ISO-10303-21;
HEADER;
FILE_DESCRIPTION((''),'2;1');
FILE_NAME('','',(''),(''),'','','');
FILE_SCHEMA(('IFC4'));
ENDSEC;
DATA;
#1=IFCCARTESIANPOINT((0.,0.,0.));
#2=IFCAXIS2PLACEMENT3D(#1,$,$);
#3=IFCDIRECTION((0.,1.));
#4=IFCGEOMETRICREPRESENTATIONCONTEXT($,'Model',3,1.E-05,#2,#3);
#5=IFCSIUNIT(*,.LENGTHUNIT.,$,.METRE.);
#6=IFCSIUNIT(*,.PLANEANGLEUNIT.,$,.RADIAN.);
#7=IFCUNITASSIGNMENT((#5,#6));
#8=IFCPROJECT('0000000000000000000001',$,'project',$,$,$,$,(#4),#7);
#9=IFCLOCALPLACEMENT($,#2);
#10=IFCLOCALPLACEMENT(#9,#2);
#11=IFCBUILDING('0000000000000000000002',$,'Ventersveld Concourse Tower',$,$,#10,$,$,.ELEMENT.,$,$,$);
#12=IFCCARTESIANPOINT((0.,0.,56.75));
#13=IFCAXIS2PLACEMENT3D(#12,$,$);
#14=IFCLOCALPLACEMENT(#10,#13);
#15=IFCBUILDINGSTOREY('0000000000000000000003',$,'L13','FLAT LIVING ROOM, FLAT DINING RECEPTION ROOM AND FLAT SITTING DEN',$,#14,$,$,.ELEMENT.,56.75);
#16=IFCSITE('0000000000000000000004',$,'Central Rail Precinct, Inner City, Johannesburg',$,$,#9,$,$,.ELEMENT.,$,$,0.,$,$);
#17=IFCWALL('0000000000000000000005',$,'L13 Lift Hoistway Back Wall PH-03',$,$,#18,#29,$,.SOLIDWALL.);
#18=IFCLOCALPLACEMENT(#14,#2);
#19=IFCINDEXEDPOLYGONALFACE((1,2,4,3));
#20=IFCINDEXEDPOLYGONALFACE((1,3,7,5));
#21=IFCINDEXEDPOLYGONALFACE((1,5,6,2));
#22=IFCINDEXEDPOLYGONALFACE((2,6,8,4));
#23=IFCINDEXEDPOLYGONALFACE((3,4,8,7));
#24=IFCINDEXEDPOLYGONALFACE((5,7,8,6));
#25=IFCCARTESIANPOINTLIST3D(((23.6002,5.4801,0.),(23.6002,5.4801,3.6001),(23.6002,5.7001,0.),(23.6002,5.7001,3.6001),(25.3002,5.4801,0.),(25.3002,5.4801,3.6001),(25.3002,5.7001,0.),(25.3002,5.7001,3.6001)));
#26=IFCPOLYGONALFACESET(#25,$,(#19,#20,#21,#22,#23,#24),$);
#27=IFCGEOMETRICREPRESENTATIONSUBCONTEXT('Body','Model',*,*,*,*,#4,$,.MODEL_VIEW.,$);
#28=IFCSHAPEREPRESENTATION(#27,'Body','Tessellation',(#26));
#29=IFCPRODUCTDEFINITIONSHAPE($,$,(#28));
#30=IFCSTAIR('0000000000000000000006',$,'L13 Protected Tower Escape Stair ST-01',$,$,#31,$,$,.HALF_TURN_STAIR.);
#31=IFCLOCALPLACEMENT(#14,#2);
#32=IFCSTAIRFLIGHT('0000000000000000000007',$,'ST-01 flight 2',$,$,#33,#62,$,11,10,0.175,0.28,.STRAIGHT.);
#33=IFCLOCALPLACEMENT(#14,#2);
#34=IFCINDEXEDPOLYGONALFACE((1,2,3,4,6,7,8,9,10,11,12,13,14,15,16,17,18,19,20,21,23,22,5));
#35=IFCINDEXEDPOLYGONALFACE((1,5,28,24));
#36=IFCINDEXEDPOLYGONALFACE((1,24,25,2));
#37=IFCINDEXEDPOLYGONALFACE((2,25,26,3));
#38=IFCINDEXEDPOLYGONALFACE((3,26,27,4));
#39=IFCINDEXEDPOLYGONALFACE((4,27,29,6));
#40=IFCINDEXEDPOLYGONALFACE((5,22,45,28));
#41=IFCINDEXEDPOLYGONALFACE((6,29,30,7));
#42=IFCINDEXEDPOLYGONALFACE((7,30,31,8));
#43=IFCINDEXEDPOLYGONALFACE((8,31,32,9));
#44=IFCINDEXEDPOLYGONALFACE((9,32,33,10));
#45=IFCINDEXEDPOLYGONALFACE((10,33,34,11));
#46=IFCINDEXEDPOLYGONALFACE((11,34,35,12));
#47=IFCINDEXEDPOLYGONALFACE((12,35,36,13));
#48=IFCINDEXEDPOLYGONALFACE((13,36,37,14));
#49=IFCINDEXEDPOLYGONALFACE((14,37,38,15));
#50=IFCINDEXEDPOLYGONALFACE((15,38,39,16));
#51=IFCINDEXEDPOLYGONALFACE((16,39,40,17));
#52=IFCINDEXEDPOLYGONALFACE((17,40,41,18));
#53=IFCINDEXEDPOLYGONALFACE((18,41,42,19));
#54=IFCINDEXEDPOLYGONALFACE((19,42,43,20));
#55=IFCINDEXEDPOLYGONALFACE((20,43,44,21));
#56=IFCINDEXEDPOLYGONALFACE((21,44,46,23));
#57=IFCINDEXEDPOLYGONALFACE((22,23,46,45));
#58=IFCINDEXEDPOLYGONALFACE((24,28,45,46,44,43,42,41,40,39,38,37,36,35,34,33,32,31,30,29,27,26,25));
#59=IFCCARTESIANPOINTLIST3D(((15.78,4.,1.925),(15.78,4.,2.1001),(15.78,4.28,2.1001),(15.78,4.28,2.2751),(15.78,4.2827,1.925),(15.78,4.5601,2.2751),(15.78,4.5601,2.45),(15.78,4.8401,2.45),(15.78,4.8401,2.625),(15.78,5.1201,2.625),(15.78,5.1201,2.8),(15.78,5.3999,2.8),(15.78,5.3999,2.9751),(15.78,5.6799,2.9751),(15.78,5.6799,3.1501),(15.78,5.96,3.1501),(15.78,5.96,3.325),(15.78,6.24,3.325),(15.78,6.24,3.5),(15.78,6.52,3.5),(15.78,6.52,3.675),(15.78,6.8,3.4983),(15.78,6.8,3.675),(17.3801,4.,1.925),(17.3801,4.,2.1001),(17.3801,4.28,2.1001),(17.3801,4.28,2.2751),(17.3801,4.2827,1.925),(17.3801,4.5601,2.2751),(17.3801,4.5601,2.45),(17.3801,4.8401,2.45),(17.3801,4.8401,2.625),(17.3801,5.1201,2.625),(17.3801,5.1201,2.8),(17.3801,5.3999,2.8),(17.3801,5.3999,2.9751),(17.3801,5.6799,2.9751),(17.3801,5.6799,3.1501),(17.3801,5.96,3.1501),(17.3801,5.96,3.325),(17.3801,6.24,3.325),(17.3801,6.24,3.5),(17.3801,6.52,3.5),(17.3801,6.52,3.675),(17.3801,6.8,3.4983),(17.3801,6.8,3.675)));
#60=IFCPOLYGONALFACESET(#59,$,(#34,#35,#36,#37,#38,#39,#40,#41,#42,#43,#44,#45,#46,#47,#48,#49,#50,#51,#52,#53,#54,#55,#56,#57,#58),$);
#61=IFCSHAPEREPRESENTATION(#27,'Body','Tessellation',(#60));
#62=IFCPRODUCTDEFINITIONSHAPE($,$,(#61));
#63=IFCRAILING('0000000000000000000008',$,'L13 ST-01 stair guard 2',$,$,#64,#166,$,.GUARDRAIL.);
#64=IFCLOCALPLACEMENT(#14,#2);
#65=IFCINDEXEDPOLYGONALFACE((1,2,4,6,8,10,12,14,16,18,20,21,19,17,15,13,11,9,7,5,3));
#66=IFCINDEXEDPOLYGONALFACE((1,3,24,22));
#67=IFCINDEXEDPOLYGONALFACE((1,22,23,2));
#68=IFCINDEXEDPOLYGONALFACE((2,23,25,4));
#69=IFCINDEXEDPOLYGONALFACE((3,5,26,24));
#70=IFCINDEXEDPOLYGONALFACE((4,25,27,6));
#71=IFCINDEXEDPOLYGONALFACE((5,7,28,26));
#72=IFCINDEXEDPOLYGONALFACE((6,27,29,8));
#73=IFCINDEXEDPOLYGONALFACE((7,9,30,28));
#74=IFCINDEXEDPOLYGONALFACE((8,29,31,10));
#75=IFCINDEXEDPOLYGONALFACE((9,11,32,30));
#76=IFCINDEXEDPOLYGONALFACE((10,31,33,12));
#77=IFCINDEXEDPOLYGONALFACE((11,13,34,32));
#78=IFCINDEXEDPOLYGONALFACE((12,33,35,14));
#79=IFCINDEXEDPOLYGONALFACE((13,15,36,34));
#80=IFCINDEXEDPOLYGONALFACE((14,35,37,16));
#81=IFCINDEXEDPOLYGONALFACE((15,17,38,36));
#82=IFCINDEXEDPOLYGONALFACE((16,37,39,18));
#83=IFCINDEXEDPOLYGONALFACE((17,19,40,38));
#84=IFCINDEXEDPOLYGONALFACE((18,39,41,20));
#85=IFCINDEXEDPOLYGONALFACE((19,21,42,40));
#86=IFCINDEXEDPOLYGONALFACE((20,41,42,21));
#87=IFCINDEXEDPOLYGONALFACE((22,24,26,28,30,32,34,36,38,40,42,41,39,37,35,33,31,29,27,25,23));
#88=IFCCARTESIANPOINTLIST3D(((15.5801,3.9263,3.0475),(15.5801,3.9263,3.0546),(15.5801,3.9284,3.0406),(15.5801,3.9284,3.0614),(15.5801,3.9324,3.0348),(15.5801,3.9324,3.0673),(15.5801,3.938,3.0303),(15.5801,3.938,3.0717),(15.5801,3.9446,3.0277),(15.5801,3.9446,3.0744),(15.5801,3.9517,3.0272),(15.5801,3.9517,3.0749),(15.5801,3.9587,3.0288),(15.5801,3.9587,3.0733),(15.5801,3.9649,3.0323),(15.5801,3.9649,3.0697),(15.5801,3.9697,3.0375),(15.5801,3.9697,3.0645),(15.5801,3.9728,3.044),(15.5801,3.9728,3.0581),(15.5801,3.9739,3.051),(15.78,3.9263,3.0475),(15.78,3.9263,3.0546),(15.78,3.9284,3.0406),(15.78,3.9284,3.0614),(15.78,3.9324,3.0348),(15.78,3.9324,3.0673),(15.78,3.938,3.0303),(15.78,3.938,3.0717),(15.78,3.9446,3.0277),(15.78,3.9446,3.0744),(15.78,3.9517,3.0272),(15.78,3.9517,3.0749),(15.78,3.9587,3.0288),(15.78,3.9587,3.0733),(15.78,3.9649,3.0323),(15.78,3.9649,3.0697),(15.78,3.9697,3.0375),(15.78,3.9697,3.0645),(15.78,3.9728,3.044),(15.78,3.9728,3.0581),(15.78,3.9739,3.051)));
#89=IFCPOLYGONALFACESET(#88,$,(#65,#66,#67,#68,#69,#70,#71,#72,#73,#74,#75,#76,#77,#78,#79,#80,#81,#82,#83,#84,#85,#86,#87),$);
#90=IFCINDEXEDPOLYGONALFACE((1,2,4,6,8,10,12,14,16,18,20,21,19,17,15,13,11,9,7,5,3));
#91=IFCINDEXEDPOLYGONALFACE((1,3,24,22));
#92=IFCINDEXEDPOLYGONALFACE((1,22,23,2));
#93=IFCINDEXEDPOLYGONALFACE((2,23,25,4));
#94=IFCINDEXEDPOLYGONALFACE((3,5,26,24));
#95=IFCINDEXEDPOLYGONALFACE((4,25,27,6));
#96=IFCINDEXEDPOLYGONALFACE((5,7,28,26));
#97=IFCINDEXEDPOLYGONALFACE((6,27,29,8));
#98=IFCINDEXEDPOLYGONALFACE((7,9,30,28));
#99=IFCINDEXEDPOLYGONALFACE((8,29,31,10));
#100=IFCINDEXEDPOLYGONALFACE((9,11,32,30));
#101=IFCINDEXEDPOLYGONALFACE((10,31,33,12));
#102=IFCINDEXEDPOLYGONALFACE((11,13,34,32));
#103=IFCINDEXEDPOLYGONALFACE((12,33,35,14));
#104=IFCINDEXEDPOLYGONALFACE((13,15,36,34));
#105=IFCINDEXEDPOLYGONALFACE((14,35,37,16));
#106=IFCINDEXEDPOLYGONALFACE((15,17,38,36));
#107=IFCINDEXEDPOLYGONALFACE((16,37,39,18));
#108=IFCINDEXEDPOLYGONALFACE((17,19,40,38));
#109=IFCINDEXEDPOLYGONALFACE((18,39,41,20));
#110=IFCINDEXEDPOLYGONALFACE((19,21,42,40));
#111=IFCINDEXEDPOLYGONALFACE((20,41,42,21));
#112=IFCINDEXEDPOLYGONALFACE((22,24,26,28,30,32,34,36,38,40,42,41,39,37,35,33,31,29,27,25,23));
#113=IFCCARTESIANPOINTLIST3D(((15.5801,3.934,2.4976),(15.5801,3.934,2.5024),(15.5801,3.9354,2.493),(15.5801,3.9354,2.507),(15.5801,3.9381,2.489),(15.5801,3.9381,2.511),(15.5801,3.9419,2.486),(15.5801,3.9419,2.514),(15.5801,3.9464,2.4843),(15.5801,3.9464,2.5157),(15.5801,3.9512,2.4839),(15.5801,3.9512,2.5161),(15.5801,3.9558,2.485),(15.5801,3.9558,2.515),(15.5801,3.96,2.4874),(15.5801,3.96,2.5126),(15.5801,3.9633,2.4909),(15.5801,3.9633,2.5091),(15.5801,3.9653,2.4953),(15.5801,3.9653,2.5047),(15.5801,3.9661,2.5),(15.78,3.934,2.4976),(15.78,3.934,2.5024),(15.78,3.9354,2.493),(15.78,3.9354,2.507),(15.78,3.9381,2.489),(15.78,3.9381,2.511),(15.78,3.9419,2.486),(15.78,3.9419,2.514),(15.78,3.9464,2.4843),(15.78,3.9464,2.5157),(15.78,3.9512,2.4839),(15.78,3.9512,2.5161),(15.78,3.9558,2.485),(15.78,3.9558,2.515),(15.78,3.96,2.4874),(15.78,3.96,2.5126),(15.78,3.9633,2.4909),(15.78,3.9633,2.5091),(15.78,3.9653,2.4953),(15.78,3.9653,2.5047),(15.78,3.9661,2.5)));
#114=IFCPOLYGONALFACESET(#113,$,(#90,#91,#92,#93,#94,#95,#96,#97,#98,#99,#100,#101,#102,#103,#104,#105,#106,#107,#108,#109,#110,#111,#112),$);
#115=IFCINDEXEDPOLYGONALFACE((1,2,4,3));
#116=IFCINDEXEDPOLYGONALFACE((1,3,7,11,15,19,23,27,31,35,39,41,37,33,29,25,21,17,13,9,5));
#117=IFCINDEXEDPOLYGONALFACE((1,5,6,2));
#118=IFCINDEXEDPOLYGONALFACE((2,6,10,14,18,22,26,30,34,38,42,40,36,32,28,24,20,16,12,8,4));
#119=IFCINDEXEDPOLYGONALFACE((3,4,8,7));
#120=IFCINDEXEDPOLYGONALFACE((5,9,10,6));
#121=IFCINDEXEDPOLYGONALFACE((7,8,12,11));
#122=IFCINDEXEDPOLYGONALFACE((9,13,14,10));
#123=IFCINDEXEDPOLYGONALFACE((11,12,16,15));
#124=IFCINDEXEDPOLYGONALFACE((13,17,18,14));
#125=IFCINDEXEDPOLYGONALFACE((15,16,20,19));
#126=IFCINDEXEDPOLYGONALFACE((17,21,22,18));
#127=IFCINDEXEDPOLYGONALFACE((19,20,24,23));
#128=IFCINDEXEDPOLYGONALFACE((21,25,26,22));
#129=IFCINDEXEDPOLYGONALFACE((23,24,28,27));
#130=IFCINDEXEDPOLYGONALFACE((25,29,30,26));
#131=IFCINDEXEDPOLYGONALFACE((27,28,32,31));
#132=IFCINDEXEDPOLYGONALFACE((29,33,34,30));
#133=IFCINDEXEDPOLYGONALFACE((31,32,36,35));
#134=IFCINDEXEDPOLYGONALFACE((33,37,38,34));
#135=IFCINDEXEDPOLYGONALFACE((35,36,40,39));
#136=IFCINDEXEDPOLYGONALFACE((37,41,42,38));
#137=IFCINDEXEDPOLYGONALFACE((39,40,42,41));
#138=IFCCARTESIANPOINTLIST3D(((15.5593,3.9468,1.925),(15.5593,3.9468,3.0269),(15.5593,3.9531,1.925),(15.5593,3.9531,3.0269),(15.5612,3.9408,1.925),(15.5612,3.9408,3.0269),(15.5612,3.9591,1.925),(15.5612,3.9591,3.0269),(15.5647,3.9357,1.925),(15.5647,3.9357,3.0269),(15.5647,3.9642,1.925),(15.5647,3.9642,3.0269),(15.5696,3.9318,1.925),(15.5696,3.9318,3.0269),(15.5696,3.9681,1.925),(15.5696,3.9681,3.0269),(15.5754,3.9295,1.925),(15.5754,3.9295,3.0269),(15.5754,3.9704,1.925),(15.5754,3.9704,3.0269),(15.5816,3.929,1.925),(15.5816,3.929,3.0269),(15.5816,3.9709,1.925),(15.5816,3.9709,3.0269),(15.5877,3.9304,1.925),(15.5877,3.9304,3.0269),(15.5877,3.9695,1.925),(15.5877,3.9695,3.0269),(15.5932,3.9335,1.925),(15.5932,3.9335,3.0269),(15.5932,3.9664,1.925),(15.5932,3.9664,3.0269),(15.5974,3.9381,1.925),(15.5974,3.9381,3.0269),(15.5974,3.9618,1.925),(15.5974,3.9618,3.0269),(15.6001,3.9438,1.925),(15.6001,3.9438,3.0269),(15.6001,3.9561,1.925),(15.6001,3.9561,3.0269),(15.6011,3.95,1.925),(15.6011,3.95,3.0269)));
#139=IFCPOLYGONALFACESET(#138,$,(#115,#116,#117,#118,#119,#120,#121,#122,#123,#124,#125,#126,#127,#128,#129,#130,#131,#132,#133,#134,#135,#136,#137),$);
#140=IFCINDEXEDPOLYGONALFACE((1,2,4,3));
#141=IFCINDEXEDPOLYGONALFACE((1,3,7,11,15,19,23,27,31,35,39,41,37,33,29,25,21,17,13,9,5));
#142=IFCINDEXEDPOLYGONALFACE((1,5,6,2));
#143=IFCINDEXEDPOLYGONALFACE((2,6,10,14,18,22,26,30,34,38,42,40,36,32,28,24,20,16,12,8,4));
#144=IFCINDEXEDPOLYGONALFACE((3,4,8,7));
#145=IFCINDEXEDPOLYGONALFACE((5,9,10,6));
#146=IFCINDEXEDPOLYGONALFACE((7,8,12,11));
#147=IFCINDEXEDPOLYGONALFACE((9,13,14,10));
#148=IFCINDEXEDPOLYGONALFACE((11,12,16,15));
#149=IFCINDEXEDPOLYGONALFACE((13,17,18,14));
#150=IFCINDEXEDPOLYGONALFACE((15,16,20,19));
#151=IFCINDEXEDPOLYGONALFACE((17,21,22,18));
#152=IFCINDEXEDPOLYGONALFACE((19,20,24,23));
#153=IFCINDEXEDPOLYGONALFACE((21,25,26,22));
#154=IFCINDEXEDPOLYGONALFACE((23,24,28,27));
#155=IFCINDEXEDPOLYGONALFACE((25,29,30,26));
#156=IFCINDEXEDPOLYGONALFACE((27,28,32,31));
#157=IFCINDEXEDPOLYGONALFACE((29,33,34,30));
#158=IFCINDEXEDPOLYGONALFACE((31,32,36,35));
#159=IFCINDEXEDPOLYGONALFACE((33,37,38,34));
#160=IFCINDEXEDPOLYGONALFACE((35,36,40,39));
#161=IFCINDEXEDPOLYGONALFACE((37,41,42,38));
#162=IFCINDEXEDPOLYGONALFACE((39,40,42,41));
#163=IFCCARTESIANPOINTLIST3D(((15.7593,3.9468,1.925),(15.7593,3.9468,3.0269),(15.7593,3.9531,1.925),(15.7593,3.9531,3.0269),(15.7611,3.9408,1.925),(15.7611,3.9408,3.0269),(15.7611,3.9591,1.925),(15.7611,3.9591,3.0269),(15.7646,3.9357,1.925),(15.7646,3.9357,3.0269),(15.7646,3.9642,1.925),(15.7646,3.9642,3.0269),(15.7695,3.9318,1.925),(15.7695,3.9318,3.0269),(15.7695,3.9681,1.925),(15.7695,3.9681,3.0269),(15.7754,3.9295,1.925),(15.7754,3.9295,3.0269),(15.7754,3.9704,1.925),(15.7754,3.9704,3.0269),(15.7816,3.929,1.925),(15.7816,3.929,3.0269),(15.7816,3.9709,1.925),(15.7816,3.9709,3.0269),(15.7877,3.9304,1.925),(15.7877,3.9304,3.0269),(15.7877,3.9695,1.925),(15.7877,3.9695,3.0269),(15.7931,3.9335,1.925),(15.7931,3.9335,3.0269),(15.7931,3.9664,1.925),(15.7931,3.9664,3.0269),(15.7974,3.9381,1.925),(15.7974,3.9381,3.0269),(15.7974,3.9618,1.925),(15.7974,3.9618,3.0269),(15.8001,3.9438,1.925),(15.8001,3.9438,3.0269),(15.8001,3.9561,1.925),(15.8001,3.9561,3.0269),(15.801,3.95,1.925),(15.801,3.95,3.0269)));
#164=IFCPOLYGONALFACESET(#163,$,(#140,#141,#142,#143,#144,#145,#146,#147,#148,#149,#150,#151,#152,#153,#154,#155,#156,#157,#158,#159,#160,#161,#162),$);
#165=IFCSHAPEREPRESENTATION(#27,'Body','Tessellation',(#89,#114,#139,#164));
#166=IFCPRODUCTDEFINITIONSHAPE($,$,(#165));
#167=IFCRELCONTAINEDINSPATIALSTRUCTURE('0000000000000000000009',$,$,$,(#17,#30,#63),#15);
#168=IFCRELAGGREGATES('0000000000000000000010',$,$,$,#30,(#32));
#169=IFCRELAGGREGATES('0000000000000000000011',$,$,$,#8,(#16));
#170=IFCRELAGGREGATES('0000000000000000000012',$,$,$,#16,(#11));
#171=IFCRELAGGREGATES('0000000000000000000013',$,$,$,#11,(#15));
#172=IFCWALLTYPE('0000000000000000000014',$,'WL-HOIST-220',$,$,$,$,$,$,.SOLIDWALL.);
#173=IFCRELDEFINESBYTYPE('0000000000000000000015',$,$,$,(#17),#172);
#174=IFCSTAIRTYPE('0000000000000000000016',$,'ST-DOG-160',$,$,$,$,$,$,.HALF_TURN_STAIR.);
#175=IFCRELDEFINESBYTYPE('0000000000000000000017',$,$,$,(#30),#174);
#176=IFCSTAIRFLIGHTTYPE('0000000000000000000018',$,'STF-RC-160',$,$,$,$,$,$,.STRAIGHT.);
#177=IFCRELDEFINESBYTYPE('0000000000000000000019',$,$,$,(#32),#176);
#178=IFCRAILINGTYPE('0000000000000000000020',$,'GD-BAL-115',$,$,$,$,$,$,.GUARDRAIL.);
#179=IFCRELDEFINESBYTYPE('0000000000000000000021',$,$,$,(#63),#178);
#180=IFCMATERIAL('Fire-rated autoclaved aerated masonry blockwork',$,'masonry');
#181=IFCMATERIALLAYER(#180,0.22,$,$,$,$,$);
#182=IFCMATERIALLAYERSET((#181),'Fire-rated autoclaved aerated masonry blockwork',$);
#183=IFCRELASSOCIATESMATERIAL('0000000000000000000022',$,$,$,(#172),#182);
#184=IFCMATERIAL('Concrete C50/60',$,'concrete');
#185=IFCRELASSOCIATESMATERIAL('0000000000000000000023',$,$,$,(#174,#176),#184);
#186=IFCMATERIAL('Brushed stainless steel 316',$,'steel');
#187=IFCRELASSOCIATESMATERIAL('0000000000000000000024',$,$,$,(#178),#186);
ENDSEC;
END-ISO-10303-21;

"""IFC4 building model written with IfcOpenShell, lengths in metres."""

from ifc_helpers import new_model, si_unit, direction, frame, frame_2d, origin, origin_2d, place, context, subcontext, project, spatial, polyline, rectangle, circle, outline, extrude, material, layer, layer_set, type_object, element, aggregate, save


model = new_model("IFC4")

# Units and contexts
model_context = context("Model", 3, precision=1e-05, world=origin(), true_north=direction((0.0, 1.0)))
body_context = subcontext(model_context, "Body", "Model", "MODEL_VIEW")
ifc_project = project(units=[si_unit("LENGTHUNIT", "METRE"), si_unit("PLANEANGLEUNIT", "RADIAN")], contexts=[model_context])

# Site, building, storey
site_placement = place(None, origin())
site = spatial("IfcSite", under=ifc_project, at=site_placement, Name="Central Rail Precinct, Inner City, Johannesburg", CompositionType="ELEMENT", RefElevation=0.0)
building_placement = place(site_placement, origin())
building = spatial("IfcBuilding", under=site, at=building_placement, Name="Ventersveld Concourse Tower", CompositionType="ELEMENT")
storey_placement = place(building_placement, frame((0.0, 0.0, 56.75)))
storey = spatial("IfcBuildingStorey", under=building, at=storey_placement, Name="L13", Description="FLAT LIVING ROOM, FLAT DINING RECEPTION ROOM AND FLAT SITTING DEN", CompositionType="ELEMENT", Elevation=56.75)

# Shared definitions
ifc_material_1 = material(Name="Concrete C50/60", Category="concrete")

# Shared definitions
ifc_material_2 = material(Name="Fire-rated autoclaved aerated masonry blockwork", Category="masonry")
ifc_layer_1 = layer(ifc_material_2, 0.22)
ifc_layer_set_1 = layer_set([ifc_layer_1], Name="Fire-rated autoclaved aerated masonry blockwork")
wall_type_1 = type_object("IfcWallType", Name="WL-HOIST-220", PredefinedType="SOLIDWALL", material=ifc_layer_set_1)

# Shared definitions
ifc_material_3 = material(Name="Brushed stainless steel 316", Category="steel")

# Wall
for number, where, z_axis, x_axis, name in (
    (1, (23.6001, 5.5901, 0.0), (0.0, 0.0, 1.0), (1.0, 0.0, 0.0), "L13 Lift Hoistway Back Wall PH-03"),
):
    element("IfcWall", number, at=place(storey_placement, frame(where, z_axis=z_axis, x_axis=x_axis)), inside=storey, type_object=wall_type_1, Name=name, PredefinedType="SOLIDWALL", context=body_context, shape_type="SweptSolid", body=[
        extrude(rectangle(XDim=1.7, YDim=0.22, at=frame_2d((0.8501, 0.0))), origin(), (0.0, 0.0, 1.0), 3.6001),
    ])

# Stair, stair flight
stair_type = type_object("IfcStairType", Name="ST-DOG-160", PredefinedType="HALF_TURN_STAIR", material=ifc_material_1)
stair_placement = place(storey_placement, origin())
stair = element("IfcStair", 2, at=stair_placement, inside=storey, type_object=stair_type, Name="L13 Protected Tower Escape Stair ST-01", PredefinedType="HALF_TURN_STAIR")
stair_flight_type = type_object("IfcStairFlightType", Name="STF-RC-160", PredefinedType="STRAIGHT", material=ifc_material_1)
stair_flight_placement = place(storey_placement, frame((16.5801, 4.0, 1.925), z_axis=(0.0, 0.0, 1.0), x_axis=(0.0, 1.0, 0.0)))
stair_flight = element("IfcStairFlight", 3, at=stair_flight_placement, type_object=stair_flight_type, Name="ST-01 flight 2", NumberOfRisers=11, NumberOfTreads=10, PredefinedType="STRAIGHT", RiserHeight=0.175, TreadLength=0.28, context=body_context, shape_type="SweptSolid", body=[
    extrude(outline(polyline([(0.0, 0.0), (0.0, 0.175), (0.28, 0.175), (0.28, 0.3501), (0.5601, 0.3501), (0.5601, 0.5249), (0.8401, 0.5249), (0.8401, 0.7), (1.1201, 0.7), (1.1201, 0.875), (1.3999, 0.875), (1.3999, 1.05), (1.6799, 1.05), (1.6799, 1.2251), (1.96, 1.2251), (1.96, 1.3999), (2.24, 1.3999), (2.24, 1.575), (2.52, 1.575), (2.52, 1.75), (2.8, 1.75), (2.8, 1.925), (2.8, 1.5732), (0.2827, 0.0), (0.0, 0.0)])), frame((0.0, 0.8, 0.0), z_axis=(0.0, -1.0, 0.0), x_axis=(1.0, 0.0, 0.0)), (0.0, 0.0, 1.0), 1.6001),
])
aggregate(stair, [stair_flight])

# Railing
railing_type_1 = type_object("IfcRailingType", Name="GD-BAL-115", PredefinedType="GUARDRAIL", material=ifc_material_3)
railing_1_placement = place(storey_placement, frame((15.5801, 3.95, 1.925)))
element("IfcRailing", 4, at=railing_1_placement, inside=storey, type_object=railing_type_1, Name="L13 ST-01 stair guard 2", PredefinedType="GUARDRAIL", context=body_context, shape_type="SweptSolid", body=[
    extrude(circle(Radius=0.0239, at=origin_2d()), frame((0.0, 0.0, 1.126), z_axis=(1.0, 0.0, 0.0), x_axis=(0.0, 1.0, 0.0)), (0.0, 0.0, 1.0), 0.2),
    extrude(circle(Radius=0.0161, at=origin_2d()), frame((0.0, 0.0, 0.575), z_axis=(1.0, 0.0, 0.0), x_axis=(0.0, 1.0, 0.0)), (0.0, 0.0, 1.0), 0.2),
    extrude(circle(Radius=0.021, at=origin_2d()), origin(), (0.0, 0.0, 1.0), 1.1018),
    extrude(circle(Radius=0.021, at=origin_2d()), frame((0.2, 0.0, 0.0)), (0.0, 0.0, 1.0), 1.1018),
])

save(model, "model.ifc")
